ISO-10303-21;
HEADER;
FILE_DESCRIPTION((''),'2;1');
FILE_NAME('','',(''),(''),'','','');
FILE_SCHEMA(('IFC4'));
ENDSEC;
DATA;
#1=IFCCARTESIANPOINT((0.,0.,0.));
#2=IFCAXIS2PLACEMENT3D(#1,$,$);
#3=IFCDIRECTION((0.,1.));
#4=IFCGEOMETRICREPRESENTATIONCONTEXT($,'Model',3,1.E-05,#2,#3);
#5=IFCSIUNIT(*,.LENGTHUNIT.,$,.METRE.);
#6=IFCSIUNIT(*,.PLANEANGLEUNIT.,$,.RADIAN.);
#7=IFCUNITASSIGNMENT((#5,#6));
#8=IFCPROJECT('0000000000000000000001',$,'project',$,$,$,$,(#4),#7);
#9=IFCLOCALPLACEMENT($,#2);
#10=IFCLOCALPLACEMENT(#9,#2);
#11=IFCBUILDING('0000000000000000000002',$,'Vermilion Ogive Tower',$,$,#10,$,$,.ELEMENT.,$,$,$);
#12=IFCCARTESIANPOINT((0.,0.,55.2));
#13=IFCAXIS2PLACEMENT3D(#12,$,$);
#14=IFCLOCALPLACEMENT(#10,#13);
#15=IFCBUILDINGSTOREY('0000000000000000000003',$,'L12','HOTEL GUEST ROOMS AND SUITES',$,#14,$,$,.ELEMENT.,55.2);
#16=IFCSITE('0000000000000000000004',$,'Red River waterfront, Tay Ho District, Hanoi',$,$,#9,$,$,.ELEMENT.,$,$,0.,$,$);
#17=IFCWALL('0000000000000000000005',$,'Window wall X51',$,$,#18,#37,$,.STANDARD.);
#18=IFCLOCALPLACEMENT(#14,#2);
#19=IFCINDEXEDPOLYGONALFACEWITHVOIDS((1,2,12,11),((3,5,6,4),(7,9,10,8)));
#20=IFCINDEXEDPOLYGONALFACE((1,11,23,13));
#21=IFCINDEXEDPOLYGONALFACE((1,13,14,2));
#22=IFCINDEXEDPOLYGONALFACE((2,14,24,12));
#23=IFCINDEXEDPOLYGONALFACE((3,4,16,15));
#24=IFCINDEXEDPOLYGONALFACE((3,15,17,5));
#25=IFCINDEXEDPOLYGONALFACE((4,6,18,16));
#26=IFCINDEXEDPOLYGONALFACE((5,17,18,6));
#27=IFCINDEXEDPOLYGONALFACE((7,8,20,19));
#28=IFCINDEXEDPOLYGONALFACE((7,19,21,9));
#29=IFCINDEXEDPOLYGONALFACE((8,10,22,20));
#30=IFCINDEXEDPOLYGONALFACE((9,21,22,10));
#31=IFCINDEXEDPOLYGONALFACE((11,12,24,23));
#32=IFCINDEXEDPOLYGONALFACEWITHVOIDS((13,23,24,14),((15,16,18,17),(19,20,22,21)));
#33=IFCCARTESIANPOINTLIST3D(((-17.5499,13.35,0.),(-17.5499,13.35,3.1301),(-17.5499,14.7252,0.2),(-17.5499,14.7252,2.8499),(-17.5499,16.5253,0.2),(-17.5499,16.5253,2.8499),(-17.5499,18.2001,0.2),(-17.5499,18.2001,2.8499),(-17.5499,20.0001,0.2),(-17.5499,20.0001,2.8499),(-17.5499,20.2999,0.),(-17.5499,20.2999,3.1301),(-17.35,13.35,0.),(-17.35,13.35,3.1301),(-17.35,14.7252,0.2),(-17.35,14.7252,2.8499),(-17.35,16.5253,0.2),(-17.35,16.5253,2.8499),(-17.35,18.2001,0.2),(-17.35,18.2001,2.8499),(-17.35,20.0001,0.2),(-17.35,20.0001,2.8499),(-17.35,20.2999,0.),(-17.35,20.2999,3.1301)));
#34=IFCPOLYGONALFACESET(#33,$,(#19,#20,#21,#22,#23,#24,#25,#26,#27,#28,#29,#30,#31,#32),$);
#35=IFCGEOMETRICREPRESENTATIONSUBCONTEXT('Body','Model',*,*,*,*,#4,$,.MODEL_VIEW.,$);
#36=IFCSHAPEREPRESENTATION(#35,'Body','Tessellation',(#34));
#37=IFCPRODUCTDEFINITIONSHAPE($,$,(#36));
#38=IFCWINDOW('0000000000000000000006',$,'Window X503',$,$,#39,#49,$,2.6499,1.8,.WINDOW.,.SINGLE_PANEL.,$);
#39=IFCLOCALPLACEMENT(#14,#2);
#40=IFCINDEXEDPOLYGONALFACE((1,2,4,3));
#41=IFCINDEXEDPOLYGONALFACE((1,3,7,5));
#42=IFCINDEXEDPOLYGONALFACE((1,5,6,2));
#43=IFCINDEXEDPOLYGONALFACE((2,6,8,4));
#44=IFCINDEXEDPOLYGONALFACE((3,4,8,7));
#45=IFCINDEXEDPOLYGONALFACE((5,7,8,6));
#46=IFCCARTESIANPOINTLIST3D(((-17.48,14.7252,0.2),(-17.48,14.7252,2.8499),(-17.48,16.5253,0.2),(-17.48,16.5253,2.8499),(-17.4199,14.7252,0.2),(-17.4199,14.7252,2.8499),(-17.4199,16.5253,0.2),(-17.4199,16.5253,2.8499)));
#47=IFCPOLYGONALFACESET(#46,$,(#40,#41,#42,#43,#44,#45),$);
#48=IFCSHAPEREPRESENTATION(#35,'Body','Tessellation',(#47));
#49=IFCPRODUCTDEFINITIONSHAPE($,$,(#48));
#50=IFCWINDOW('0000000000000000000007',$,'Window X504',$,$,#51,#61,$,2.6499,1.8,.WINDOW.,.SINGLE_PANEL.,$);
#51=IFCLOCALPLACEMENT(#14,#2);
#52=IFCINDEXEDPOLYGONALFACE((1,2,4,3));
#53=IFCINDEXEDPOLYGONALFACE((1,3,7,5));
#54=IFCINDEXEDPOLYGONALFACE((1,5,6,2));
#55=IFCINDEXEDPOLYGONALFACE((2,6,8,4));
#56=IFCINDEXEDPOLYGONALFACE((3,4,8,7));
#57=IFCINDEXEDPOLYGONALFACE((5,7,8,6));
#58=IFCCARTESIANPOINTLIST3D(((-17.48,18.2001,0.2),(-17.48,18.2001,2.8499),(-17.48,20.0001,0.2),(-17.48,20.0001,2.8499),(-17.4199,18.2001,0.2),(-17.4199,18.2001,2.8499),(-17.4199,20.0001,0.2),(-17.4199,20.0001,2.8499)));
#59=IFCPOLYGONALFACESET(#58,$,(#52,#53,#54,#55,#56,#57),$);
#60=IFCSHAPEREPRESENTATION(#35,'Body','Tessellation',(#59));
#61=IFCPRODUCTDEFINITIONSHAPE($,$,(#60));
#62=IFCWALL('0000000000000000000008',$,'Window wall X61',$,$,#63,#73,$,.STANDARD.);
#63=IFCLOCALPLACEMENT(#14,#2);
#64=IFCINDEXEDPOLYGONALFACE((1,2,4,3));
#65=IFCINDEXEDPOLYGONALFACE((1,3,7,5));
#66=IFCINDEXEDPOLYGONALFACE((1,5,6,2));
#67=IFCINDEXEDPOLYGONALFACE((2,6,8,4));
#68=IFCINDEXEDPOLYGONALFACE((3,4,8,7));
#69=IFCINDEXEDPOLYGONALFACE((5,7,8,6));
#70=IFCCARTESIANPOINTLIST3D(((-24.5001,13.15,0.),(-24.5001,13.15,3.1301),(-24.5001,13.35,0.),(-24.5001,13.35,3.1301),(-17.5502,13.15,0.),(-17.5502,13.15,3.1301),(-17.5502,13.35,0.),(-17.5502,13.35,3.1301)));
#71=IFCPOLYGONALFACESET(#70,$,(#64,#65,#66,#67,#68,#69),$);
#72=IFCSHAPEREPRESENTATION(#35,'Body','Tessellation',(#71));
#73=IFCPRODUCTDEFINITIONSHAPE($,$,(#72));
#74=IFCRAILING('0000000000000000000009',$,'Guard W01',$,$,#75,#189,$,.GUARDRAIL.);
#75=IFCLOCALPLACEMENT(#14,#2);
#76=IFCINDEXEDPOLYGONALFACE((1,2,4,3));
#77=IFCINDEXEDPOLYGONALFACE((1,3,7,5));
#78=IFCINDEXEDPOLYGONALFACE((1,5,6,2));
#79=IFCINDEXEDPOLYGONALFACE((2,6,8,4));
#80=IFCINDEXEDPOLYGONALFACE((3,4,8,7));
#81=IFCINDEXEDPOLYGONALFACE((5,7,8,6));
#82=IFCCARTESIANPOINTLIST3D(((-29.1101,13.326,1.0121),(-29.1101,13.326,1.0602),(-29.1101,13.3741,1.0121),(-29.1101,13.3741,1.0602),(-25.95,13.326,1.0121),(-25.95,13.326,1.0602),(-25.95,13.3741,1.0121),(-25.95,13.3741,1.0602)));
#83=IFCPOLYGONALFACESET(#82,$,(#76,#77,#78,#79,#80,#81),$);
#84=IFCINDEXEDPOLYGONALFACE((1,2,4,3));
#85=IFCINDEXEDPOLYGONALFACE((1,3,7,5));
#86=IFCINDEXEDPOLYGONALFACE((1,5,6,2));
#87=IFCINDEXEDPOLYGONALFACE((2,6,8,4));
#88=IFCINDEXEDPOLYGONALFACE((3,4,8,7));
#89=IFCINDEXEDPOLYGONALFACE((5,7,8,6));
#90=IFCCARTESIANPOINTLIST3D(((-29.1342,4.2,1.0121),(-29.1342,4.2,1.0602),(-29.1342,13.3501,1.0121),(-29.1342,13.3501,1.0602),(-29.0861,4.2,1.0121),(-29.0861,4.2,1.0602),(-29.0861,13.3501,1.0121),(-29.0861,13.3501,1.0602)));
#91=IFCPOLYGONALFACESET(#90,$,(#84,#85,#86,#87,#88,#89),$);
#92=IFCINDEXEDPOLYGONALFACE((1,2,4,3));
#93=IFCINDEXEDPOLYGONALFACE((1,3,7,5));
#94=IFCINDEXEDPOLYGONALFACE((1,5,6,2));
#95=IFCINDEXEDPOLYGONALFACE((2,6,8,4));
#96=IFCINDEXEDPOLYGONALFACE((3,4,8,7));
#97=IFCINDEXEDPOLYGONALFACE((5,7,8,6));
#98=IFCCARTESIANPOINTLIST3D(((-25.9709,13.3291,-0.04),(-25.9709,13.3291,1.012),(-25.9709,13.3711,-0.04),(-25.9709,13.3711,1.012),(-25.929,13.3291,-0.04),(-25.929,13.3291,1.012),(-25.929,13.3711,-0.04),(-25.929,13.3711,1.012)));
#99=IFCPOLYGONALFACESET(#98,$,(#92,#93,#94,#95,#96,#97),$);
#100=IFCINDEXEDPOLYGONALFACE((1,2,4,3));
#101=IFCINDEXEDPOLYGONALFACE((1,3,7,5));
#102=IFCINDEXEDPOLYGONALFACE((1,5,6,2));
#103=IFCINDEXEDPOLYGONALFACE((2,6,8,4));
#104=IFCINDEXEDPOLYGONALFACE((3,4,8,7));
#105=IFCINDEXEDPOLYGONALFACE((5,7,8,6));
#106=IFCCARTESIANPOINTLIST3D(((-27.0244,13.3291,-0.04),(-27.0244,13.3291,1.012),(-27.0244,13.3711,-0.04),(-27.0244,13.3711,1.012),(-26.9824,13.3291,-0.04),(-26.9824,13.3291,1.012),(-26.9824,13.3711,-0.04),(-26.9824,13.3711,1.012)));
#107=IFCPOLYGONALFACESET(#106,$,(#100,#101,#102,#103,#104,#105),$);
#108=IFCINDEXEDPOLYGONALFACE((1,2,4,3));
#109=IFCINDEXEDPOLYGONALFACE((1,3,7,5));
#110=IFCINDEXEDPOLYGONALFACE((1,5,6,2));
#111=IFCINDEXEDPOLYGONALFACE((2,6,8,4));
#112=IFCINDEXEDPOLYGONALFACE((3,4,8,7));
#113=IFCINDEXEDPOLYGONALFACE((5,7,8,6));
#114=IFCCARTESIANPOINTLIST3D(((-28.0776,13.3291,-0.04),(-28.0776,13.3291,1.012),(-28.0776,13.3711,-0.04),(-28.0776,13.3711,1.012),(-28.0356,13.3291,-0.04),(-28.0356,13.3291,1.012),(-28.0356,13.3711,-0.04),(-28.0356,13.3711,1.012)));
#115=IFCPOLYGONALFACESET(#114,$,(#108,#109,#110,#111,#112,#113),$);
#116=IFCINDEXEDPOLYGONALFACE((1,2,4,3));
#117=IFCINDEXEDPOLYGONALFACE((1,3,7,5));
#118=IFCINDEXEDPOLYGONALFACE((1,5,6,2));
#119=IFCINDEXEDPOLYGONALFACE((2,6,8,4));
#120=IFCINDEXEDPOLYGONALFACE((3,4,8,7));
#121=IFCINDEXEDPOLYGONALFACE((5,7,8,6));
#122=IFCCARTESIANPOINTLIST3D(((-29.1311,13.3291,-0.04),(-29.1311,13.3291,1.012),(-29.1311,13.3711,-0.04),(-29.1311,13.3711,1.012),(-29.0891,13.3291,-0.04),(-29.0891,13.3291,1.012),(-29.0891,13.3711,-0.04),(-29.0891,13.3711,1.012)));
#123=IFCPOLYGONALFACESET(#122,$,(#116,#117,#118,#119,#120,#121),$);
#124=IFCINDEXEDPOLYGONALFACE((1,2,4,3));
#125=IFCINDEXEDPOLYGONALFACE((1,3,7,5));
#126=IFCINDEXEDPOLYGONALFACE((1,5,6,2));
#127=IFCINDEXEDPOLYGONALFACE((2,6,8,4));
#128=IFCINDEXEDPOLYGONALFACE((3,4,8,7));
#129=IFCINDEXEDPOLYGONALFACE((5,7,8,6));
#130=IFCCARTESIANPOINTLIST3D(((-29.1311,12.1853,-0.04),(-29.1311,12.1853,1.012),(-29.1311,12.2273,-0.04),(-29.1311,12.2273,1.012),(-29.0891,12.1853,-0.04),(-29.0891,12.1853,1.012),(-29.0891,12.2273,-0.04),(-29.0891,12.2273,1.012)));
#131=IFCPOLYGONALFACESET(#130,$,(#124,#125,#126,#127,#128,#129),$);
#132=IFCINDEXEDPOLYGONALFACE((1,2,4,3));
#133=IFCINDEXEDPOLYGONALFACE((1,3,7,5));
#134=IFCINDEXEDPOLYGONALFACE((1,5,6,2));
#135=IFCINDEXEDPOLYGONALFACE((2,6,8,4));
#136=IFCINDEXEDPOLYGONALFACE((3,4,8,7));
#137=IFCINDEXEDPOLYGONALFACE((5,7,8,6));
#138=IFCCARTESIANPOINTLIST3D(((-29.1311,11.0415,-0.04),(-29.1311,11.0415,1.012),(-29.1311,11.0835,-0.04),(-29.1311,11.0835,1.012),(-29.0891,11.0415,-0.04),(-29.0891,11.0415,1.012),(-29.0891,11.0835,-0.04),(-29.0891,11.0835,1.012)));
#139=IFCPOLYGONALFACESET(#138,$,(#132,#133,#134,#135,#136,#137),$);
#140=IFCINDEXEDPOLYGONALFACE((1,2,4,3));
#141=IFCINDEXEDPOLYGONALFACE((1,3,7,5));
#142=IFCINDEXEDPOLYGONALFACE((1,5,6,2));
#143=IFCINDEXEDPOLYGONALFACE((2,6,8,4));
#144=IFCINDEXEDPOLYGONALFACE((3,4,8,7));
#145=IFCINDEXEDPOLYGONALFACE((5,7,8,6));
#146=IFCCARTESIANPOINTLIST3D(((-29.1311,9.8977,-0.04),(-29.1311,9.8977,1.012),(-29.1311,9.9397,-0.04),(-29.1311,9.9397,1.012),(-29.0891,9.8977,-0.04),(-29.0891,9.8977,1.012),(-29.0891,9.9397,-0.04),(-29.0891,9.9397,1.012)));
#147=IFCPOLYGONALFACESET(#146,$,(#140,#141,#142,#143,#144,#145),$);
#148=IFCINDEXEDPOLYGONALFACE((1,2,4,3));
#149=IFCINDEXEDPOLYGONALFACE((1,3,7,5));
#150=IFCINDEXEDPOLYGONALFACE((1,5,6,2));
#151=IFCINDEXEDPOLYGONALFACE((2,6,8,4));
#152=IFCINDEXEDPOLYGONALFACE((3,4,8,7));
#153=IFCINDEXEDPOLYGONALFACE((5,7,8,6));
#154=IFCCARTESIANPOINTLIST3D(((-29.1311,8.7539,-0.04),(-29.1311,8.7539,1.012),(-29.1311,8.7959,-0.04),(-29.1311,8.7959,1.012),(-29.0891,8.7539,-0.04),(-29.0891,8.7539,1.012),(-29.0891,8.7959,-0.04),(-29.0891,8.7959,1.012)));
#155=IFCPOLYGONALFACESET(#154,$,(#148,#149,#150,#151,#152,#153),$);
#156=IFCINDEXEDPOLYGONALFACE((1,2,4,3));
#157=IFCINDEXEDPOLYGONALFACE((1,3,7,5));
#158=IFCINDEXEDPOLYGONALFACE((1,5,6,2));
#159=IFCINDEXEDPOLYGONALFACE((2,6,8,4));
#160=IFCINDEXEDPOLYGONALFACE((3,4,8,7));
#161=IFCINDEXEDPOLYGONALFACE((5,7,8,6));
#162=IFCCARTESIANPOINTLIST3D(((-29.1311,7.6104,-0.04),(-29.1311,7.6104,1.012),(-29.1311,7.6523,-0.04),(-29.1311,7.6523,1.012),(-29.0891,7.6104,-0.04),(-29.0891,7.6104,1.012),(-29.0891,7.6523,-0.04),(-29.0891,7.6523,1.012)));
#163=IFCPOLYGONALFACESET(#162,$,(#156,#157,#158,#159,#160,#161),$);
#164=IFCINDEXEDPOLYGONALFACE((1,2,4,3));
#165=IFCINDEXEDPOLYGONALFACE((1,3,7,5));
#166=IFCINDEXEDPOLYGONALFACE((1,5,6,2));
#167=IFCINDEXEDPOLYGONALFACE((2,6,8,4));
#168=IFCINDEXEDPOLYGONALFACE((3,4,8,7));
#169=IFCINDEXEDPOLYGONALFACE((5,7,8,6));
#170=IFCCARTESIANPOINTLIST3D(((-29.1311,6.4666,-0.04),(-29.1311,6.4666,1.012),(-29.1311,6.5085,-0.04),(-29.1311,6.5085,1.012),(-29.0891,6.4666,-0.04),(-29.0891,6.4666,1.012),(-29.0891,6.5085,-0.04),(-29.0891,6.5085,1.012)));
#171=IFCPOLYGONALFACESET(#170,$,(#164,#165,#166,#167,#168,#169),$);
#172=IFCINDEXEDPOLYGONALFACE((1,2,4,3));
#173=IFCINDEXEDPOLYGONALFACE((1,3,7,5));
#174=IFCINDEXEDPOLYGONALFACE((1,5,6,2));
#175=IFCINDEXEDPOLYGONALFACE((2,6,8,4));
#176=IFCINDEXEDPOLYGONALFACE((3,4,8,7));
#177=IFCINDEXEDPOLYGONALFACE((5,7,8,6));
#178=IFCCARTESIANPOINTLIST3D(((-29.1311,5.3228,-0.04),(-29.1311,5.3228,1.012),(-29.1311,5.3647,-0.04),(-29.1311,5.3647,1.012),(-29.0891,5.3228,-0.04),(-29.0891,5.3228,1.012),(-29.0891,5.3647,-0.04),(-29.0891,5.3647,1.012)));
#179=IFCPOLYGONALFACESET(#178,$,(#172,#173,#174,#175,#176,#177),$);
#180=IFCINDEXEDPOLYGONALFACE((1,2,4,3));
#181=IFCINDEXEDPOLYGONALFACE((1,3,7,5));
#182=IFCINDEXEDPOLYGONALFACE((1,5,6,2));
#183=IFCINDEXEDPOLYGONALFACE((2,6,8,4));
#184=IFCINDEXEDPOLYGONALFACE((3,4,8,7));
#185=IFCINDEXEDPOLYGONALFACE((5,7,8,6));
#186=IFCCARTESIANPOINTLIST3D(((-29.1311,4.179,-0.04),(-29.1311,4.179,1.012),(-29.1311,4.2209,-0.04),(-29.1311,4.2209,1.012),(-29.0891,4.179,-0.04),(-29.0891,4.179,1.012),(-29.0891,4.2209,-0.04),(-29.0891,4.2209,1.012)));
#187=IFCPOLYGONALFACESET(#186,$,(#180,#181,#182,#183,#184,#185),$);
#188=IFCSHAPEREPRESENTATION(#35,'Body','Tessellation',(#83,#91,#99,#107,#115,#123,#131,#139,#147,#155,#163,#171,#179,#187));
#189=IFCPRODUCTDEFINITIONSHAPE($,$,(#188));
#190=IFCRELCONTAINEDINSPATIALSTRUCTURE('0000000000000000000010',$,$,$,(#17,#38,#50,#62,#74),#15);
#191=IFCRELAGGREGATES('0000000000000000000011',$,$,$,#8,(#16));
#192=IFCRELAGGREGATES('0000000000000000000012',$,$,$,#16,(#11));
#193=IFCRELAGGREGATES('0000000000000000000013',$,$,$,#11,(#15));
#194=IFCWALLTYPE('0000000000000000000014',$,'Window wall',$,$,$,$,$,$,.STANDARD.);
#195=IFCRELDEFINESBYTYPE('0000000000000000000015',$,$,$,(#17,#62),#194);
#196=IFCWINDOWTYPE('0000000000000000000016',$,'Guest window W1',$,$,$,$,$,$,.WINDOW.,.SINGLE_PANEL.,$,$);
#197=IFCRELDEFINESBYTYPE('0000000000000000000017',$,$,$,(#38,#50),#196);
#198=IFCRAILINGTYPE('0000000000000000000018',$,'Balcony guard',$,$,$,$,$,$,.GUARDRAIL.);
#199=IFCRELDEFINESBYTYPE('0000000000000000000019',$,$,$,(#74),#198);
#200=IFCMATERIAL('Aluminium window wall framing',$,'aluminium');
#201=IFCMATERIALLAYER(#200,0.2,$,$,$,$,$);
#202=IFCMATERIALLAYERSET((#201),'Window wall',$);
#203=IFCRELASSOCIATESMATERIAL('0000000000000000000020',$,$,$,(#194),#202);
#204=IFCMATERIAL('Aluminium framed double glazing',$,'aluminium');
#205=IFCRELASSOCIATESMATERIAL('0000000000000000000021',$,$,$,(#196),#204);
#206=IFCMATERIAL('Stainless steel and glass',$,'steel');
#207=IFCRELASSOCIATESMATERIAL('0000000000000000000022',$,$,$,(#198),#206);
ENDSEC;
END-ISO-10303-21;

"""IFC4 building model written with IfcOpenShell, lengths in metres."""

from ifc_helpers import new_model, si_unit, direction, frame, frame_2d, origin, origin_2d, place, context, subcontext, project, spatial, rectangle, extrude, material, layer, layer_set, type_object, element, fill, save


model = new_model("IFC4")

# Units and contexts
model_context = context("Model", 3, precision=1e-05, world=origin(), true_north=direction((0.0, 1.0)))
body_context = subcontext(model_context, "Body", "Model", "MODEL_VIEW")
ifc_project = project(units=[si_unit("LENGTHUNIT", "METRE"), si_unit("PLANEANGLEUNIT", "RADIAN")], contexts=[model_context])

# Site, building, storey
site_placement = place(None, origin())
site = spatial("IfcSite", under=ifc_project, at=site_placement, Name="Red River waterfront, Tay Ho District, Hanoi", CompositionType="ELEMENT", RefElevation=0.0)
building_placement = place(site_placement, origin())
building = spatial("IfcBuilding", under=site, at=building_placement, Name="Vermilion Ogive Tower", CompositionType="ELEMENT")
storey_placement = place(building_placement, frame((0.0, 0.0, 55.2)))
storey = spatial("IfcBuildingStorey", under=building, at=storey_placement, Name="L12", Description="HOTEL GUEST ROOMS AND SUITES", CompositionType="ELEMENT", Elevation=55.2)

# Wall, openings, windows
ifc_material_1 = material(Name="Aluminium window wall framing", Category="aluminium")
ifc_layer_1 = layer(ifc_material_1, 0.2)
ifc_layer_set_1 = layer_set([ifc_layer_1], Name="Window wall")
wall_type_1 = type_object("IfcWallType", Name="Window wall", PredefinedType="STANDARD", material=ifc_layer_set_1)
wall_1_placement = place(storey_placement, frame((-17.45, 20.3, 0.0), z_axis=(0.0, 0.0, 1.0), x_axis=(0.0, -1.0, 0.0)))
wall_1 = element("IfcWall", 1, at=wall_1_placement, inside=storey, type_object=wall_type_1, Name="Window wall X51", PredefinedType="STANDARD", context=body_context, shape_type="SweptSolid", body=[
    extrude(rectangle(XDim=6.95, YDim=0.2, at=frame_2d((3.4751, 0.0))), origin(), (0.0, 0.0, 1.0), 3.1301),
])
opening_1_placement = place(wall_1_placement, frame((3.7749, 0.0, 0.2)))
opening_1 = element("IfcOpeningElement", 2, at=opening_1_placement, cuts=wall_1, PredefinedType="OPENING", context=body_context, shape_type="SweptSolid", body=[
    extrude(rectangle(XDim=1.8, YDim=2.6499, at=frame_2d((0.8999, 1.325))), frame((0.0, 0.1099, 0.0), z_axis=(0.0, -1.0, 0.0), x_axis=(1.0, 0.0, 0.0)), (0.0, 0.0, 1.0), 0.22),
])
opening_2_placement = place(wall_1_placement, frame((0.3, 0.0, 0.2)))
opening_2 = element("IfcOpeningElement", 3, at=opening_2_placement, cuts=wall_1, PredefinedType="OPENING", context=body_context, shape_type="SweptSolid", body=[
    extrude(rectangle(XDim=1.8, YDim=2.6499, at=frame_2d((0.8999, 1.325))), frame((0.0, 0.1099, 0.0), z_axis=(0.0, -1.0, 0.0), x_axis=(1.0, 0.0, 0.0)), (0.0, 0.0, 1.0), 0.22),
])
ifc_material_2 = material(Name="Aluminium framed double glazing", Category="aluminium")
window_type = type_object("IfcWindowType", Name="Guest window W1", PartitioningType="SINGLE_PANEL", PredefinedType="WINDOW", material=ifc_material_2)
window_1_placement = place(opening_1_placement, origin())
window_1 = element("IfcWindow", 4, at=window_1_placement, inside=storey, type_object=window_type, Name="Window X503", OverallHeight=2.6499, OverallWidth=1.8, PartitioningType="SINGLE_PANEL", PredefinedType="WINDOW", context=body_context, shape_type="SweptSolid", body=[
    extrude(rectangle(XDim=1.8, YDim=2.6499, at=frame_2d((0.8999, 1.325))), frame((0.0, 0.03, 0.0), z_axis=(0.0, -1.0, 0.0), x_axis=(1.0, 0.0, 0.0)), (0.0, 0.0, 1.0), 0.0601),
])
fill(opening_1, window_1)
window_2_placement = place(opening_2_placement, origin())
window_2 = element("IfcWindow", 5, at=window_2_placement, inside=storey, type_object=window_type, Name="Window X504", OverallHeight=2.6499, OverallWidth=1.8, PartitioningType="SINGLE_PANEL", PredefinedType="WINDOW", context=body_context, shape_type="SweptSolid", body=[
    extrude(rectangle(XDim=1.8, YDim=2.6499, at=frame_2d((0.8999, 1.325))), frame((0.0, 0.03, 0.0), z_axis=(0.0, -1.0, 0.0), x_axis=(1.0, 0.0, 0.0)), (0.0, 0.0, 1.0), 0.0601),
])
fill(opening_2, window_2)

# Wall
wall_2_placement = place(storey_placement, frame((-17.55, 13.25, 0.0), z_axis=(0.0, 0.0, 1.0), x_axis=(-1.0, 0.0, 0.0)))
element("IfcWall", 6, at=wall_2_placement, inside=storey, type_object=wall_type_1, Name="Window wall X61", PredefinedType="STANDARD", context=body_context, shape_type="SweptSolid", body=[
    extrude(rectangle(XDim=6.95, YDim=0.2, at=frame_2d((3.4751, 0.0))), origin(), (0.0, 0.0, 1.0), 3.1301),
])

# Railing
ifc_material_3 = material(Name="Stainless steel and glass", Category="steel")
railing_type = type_object("IfcRailingType", Name="Balcony guard", PredefinedType="GUARDRAIL", material=ifc_material_3)
railing_placement = place(storey_placement, frame((-25.95, 13.3501, -0.04)))
element("IfcRailing", 7, at=railing_placement, inside=storey, type_object=railing_type, Name="Guard W01", PredefinedType="GUARDRAIL", context=body_context, shape_type="SweptSolid", body=[
    extrude(rectangle(XDim=0.0481, YDim=0.0481, at=origin_2d()), frame((0.0, 0.0, 1.0762), z_axis=(-1.0, 0.0, 0.0), x_axis=(0.0, -1.0, 0.0)), (0.0, 0.0, 1.0), 3.1602),
    extrude(rectangle(XDim=0.0481, YDim=0.0481, at=origin_2d()), frame((-3.1602, 0.0, 1.0762), z_axis=(0.0, -1.0, 0.0), x_axis=(1.0, 0.0, 0.0)), (0.0, 0.0, 1.0), 9.1501),
    extrude(rectangle(XDim=0.042, YDim=0.042, at=origin_2d()), origin(), (0.0, 0.0, 1.0), 1.052),
    extrude(rectangle(XDim=0.042, YDim=0.042, at=origin_2d()), frame((-1.0535, 0.0, 0.0)), (0.0, 0.0, 1.0), 1.052),
    extrude(rectangle(XDim=0.042, YDim=0.042, at=origin_2d()), frame((-2.1067, 0.0, 0.0)), (0.0, 0.0, 1.0), 1.052),
    extrude(rectangle(XDim=0.042, YDim=0.042, at=origin_2d()), frame((-3.1602, 0.0, 0.0)), (0.0, 0.0, 1.0), 1.052),
    extrude(rectangle(XDim=0.042, YDim=0.042, at=origin_2d()), frame((-3.1602, -1.1438, 0.0)), (0.0, 0.0, 1.0), 1.052),
    extrude(rectangle(XDim=0.042, YDim=0.042, at=origin_2d()), frame((-3.1602, -2.2876, 0.0)), (0.0, 0.0, 1.0), 1.052),
    extrude(rectangle(XDim=0.042, YDim=0.042, at=origin_2d()), frame((-3.1602, -3.4314, 0.0)), (0.0, 0.0, 1.0), 1.052),
    extrude(rectangle(XDim=0.042, YDim=0.042, at=origin_2d()), frame((-3.1602, -4.5752, 0.0)), (0.0, 0.0, 1.0), 1.052),
    extrude(rectangle(XDim=0.042, YDim=0.042, at=origin_2d()), frame((-3.1602, -5.7188, 0.0)), (0.0, 0.0, 1.0), 1.052),
    extrude(rectangle(XDim=0.042, YDim=0.042, at=origin_2d()), frame((-3.1602, -6.8625, 0.0)), (0.0, 0.0, 1.0), 1.052),
    extrude(rectangle(XDim=0.042, YDim=0.042, at=origin_2d()), frame((-3.1602, -8.0063, 0.0)), (0.0, 0.0, 1.0), 1.052),
    extrude(rectangle(XDim=0.042, YDim=0.042, at=origin_2d()), frame((-3.1602, -9.1501, 0.0)), (0.0, 0.0, 1.0), 1.052),
])

save(model, "model.ifc")
